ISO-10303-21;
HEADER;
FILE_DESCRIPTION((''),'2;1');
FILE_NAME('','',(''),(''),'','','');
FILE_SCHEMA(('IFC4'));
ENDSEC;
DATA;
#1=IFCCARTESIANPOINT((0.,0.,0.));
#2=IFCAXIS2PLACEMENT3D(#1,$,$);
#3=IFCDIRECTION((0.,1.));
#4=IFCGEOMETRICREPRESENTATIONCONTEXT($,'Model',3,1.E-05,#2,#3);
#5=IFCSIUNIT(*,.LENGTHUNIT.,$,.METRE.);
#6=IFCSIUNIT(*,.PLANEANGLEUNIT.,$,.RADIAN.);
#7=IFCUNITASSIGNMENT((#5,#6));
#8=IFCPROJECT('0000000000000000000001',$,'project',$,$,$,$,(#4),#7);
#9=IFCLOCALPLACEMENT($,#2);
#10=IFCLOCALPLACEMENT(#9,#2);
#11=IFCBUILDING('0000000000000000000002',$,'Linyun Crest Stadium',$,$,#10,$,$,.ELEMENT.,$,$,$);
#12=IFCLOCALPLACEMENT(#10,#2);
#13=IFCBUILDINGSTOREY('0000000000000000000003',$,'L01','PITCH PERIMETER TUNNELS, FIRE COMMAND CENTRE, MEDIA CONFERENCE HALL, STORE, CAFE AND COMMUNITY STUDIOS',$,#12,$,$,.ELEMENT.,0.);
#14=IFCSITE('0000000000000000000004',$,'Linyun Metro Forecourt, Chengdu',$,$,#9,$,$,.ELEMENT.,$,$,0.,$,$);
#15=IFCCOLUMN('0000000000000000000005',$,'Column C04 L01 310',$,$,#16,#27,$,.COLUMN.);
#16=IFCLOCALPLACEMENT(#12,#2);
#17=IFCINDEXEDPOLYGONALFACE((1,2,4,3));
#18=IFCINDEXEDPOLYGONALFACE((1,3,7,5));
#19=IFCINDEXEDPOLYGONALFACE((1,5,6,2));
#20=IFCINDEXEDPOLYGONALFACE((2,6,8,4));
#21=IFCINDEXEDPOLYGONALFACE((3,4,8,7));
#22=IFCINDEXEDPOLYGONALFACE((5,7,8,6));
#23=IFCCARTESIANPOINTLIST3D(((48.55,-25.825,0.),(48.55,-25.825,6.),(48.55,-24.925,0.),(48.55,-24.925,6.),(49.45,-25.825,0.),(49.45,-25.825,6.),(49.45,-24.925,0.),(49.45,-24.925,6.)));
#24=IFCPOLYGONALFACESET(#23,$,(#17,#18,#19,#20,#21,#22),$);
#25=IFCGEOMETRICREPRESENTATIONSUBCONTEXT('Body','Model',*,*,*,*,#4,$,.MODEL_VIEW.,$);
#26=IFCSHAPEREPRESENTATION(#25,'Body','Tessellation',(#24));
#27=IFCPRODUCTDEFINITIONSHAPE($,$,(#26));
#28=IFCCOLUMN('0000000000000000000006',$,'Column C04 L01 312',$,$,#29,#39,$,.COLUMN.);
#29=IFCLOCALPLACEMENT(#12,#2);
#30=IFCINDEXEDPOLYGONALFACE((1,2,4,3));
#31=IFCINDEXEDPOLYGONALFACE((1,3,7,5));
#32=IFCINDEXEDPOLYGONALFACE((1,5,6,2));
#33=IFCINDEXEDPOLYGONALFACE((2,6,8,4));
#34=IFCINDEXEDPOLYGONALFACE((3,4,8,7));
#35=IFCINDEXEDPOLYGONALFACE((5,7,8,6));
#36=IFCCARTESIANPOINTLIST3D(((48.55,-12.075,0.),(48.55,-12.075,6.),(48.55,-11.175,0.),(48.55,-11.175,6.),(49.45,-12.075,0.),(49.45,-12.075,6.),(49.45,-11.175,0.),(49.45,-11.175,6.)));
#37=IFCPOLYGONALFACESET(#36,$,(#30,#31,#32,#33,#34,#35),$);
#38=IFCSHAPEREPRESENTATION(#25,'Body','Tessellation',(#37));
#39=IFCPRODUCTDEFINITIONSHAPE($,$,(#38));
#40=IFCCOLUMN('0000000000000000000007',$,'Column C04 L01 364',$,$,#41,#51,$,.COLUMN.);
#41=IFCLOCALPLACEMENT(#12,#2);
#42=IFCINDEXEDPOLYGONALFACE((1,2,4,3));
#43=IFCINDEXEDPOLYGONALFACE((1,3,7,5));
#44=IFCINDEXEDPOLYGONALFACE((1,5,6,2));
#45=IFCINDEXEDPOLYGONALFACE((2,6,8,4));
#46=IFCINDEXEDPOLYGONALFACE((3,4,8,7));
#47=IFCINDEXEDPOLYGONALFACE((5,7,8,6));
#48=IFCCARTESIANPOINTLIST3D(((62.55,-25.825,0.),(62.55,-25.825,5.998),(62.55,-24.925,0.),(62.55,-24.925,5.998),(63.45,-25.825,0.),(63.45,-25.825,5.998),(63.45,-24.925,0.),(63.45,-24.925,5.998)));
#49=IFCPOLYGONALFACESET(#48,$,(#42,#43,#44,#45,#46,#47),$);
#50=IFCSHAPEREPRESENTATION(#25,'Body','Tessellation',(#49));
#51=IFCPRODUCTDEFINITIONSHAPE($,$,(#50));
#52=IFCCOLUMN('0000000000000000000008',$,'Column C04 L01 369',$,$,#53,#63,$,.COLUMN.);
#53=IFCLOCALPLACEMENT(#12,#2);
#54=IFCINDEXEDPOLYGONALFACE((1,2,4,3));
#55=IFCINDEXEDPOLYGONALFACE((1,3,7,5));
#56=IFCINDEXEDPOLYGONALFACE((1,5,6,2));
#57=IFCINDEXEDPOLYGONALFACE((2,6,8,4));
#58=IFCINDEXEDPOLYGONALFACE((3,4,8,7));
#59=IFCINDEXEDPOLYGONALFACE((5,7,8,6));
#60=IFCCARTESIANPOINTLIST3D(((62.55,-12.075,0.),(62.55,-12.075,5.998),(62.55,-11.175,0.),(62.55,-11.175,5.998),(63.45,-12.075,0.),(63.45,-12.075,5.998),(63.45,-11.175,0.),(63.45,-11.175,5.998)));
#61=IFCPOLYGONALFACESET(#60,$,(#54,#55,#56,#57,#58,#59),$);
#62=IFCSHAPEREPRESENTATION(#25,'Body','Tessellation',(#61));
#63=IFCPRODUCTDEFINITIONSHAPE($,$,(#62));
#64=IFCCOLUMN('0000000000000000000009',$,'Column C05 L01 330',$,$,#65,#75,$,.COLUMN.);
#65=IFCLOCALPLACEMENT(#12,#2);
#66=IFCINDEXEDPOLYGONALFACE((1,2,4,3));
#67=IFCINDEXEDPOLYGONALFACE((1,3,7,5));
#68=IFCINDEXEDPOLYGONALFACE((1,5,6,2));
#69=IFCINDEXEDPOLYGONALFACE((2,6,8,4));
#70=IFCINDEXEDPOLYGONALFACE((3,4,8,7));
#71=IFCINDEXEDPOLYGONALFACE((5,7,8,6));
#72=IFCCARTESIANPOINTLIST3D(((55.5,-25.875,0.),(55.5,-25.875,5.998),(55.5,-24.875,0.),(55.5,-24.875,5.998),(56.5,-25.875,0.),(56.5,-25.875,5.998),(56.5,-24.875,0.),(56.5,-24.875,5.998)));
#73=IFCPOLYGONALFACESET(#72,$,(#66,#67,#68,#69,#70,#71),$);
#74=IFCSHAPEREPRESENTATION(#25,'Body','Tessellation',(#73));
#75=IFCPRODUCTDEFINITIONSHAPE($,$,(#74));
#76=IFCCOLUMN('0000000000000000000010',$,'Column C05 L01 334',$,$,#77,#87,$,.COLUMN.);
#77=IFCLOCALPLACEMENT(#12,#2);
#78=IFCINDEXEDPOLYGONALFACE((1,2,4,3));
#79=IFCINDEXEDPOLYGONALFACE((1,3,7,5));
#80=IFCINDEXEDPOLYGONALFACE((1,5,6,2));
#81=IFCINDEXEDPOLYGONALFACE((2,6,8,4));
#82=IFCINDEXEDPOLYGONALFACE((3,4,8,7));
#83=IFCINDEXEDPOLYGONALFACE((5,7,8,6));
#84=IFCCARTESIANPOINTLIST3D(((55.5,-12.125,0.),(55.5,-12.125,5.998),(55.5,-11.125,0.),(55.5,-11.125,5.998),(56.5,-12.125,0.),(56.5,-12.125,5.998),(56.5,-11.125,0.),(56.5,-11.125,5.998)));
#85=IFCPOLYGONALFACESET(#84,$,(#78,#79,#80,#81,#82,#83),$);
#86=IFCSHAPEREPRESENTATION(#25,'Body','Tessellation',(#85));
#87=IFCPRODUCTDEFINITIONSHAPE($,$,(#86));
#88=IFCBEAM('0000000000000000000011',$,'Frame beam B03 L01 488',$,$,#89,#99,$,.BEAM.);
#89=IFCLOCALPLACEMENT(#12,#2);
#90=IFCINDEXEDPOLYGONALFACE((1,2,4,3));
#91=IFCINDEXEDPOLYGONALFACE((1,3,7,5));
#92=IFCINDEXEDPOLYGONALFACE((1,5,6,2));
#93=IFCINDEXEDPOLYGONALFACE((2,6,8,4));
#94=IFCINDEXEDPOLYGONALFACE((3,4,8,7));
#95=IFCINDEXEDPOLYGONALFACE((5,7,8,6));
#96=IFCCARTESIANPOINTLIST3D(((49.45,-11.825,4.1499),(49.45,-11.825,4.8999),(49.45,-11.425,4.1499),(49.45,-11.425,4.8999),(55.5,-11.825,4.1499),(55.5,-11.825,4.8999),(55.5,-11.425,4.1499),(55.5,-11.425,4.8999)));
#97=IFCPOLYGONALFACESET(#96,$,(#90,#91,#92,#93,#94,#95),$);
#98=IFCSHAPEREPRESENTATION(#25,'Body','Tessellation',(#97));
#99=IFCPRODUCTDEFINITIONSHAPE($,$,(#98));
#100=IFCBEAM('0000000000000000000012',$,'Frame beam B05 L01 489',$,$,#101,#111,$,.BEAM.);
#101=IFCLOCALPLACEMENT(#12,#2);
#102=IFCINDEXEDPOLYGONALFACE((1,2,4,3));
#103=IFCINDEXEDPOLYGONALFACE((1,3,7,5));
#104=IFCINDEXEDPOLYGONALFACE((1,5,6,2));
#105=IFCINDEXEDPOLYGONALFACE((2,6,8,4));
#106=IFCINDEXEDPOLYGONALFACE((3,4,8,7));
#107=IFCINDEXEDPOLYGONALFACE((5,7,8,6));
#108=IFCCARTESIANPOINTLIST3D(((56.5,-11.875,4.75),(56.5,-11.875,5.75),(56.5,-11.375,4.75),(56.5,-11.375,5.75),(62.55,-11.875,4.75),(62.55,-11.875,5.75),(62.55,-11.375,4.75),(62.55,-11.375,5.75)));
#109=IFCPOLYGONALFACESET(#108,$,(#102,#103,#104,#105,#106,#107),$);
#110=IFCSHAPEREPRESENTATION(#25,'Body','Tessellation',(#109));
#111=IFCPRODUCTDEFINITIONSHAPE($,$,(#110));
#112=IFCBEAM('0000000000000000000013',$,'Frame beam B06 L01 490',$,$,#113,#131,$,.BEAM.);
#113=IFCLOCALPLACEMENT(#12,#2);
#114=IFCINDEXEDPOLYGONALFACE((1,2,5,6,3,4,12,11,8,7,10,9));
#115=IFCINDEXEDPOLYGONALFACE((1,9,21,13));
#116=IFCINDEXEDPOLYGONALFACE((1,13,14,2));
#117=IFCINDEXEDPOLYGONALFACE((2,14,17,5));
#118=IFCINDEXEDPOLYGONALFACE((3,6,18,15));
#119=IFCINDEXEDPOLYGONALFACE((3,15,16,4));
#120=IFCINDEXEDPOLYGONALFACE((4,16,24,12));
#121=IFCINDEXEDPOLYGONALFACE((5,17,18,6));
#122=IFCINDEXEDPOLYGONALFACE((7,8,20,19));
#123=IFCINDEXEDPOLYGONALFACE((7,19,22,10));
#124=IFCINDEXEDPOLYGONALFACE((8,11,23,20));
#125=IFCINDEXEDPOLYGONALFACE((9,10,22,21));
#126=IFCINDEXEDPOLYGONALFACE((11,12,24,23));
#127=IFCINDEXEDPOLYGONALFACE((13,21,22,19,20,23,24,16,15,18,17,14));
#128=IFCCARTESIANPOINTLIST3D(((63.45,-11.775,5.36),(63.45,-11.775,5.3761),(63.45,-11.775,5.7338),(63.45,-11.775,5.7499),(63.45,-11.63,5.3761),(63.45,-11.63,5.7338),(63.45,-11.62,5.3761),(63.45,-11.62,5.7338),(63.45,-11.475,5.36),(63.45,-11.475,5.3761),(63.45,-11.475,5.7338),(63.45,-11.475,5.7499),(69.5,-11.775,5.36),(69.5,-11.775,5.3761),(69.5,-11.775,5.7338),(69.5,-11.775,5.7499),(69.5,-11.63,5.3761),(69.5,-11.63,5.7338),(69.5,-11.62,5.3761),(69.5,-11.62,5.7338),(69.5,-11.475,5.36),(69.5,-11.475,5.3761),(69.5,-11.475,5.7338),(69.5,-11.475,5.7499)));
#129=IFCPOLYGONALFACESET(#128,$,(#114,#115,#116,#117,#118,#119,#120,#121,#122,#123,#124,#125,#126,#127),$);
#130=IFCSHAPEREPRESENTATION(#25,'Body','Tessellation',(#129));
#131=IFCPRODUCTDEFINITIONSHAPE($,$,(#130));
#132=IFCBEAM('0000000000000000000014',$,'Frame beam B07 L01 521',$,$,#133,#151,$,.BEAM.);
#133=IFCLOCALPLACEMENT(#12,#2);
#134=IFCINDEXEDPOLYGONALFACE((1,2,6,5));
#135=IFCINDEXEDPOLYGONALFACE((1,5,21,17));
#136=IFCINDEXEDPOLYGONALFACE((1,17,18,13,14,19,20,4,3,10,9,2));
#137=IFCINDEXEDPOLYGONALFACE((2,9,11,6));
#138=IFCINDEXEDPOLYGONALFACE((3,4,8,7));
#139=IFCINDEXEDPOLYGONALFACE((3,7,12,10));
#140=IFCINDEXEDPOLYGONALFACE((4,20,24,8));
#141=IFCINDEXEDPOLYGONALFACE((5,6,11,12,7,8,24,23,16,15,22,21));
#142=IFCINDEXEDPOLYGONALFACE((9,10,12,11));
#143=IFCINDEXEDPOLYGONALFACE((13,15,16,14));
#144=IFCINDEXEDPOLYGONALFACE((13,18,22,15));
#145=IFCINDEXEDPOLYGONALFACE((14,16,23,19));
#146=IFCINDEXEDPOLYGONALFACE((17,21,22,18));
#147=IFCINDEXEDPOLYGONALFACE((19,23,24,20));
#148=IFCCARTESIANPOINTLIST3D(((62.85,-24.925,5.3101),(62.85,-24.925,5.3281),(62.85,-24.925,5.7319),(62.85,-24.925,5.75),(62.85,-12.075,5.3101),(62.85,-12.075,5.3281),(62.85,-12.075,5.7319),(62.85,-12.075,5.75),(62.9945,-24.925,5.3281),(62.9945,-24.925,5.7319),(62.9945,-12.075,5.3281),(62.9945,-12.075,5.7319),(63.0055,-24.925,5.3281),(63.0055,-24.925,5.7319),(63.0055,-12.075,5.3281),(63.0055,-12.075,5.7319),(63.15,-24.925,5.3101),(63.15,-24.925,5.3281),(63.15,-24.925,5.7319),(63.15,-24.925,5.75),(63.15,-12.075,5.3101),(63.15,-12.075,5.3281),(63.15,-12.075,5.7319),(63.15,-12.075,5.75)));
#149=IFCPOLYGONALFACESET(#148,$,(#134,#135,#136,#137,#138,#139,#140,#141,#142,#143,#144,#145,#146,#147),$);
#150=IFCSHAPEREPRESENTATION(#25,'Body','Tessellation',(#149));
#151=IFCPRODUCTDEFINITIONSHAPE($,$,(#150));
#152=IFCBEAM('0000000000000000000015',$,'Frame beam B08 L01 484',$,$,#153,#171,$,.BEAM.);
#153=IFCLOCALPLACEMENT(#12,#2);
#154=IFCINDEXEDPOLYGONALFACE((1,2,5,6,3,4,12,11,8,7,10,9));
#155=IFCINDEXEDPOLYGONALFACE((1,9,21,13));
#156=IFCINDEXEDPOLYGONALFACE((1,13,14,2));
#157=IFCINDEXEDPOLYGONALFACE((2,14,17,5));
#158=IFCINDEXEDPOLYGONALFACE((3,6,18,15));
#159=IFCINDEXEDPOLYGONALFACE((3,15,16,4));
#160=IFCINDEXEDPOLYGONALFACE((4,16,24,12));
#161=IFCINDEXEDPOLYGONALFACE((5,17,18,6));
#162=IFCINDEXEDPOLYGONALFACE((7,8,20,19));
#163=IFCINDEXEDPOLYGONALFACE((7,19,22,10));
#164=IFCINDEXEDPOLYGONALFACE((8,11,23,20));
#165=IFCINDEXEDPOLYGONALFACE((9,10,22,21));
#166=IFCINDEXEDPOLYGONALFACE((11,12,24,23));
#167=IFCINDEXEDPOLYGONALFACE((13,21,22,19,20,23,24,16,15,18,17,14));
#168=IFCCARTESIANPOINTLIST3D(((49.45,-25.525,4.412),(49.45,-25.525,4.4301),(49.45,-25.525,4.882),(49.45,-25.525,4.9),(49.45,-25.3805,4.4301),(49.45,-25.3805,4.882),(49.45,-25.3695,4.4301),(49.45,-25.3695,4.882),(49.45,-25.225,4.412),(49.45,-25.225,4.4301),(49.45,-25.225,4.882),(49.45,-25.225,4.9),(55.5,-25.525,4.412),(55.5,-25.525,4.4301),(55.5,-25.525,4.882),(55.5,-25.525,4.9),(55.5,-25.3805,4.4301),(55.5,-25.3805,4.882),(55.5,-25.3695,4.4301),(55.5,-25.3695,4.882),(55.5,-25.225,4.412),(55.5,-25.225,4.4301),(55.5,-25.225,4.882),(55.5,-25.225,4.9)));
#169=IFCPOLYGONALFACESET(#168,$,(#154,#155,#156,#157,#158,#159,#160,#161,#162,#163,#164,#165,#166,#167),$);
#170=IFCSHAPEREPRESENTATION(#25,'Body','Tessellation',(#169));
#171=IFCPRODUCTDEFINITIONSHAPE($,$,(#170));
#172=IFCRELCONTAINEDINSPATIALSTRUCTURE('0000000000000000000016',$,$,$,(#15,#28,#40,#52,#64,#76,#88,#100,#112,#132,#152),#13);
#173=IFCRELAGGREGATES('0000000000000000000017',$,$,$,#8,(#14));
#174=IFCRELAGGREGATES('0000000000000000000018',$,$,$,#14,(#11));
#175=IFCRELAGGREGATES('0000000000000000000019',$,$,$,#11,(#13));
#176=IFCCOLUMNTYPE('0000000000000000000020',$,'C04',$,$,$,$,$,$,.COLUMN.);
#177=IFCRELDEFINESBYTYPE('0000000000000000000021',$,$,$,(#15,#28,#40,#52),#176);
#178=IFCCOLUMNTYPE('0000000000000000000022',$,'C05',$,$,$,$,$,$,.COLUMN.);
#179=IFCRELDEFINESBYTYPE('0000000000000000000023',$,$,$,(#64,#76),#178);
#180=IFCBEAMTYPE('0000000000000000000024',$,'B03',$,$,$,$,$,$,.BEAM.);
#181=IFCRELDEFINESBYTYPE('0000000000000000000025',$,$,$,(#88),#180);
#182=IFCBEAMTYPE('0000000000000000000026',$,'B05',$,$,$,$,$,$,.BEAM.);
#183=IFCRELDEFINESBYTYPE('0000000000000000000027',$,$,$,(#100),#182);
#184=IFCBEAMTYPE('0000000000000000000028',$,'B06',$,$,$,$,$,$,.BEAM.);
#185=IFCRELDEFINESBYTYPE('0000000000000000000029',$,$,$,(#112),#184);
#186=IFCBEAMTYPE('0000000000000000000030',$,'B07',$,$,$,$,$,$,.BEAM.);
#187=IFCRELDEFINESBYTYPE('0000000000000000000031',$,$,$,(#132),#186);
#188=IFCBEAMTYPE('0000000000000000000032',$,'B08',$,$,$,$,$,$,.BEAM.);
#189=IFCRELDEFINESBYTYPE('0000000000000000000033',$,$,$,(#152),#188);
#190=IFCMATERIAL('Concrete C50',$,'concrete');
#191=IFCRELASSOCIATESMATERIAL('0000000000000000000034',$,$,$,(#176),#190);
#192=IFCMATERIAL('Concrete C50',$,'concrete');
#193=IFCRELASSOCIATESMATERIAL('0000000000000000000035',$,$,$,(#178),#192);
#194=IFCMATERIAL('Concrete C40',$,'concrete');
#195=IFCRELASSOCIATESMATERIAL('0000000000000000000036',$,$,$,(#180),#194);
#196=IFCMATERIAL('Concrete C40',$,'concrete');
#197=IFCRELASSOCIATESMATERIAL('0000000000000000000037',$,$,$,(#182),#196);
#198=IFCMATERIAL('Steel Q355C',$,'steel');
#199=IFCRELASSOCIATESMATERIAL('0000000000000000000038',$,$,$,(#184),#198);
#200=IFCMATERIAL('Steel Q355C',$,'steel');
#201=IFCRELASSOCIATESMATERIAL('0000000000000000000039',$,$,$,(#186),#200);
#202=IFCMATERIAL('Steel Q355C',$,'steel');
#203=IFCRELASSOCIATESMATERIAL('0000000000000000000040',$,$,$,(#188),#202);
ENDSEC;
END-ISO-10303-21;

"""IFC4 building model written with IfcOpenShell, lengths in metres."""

from ifc_helpers import new_model, si_unit, direction, frame, origin, origin_2d, place, context, subcontext, project, spatial, rectangle, i_section, extrude, material, material_profile, profile_set, type_object, element, save


model = new_model("IFC4")

# Units and contexts
model_context = context("Model", 3, precision=1e-05, world=origin(), true_north=direction((0.0, 1.0)))
body_context = subcontext(model_context, "Body", "Model", "MODEL_VIEW")
ifc_project = project(units=[si_unit("LENGTHUNIT", "METRE"), si_unit("PLANEANGLEUNIT", "RADIAN")], contexts=[model_context])

# Site, building, storey
site_placement = place(None, origin())
site = spatial("IfcSite", under=ifc_project, at=site_placement, Name="Linyun Metro Forecourt, Chengdu", CompositionType="ELEMENT", RefElevation=0.0)
building_placement = place(site_placement, origin())
building = spatial("IfcBuilding", under=site, at=building_placement, Name="Linyun Crest Stadium", CompositionType="ELEMENT")
storey_placement = place(building_placement, origin())
storey = spatial("IfcBuildingStorey", under=building, at=storey_placement, Name="L01", Description="PITCH PERIMETER TUNNELS, FIRE COMMAND CENTRE, MEDIA CONFERENCE HALL, STORE, CAFE AND COMMUNITY STUDIOS", CompositionType="ELEMENT", Elevation=0.0)

# Columns
ifc_material_1 = material(Name="Concrete C50", Category="concrete")
ifc_material_profile_1 = material_profile(ifc_material_1, rectangle(XDim=0.8999, YDim=0.8999, at=origin_2d()), Name="RC 900x900")
ifc_profile_set_1 = profile_set([ifc_material_profile_1], Name="Concrete C50")
column_type_1 = type_object("IfcColumnType", Name="C04", PredefinedType="COLUMN", material=ifc_profile_set_1)
for number, where, z_axis, x_axis, name in (
    (1, (49.0, -25.375, 0.0), (0.0, 0.0, 1.0), (1.0, 0.0, 0.0), "Column C04 L01 310"),
    (2, (49.0, -11.625, 0.0), (0.0, 0.0, 1.0), (1.0, 0.0, 0.0), "Column C04 L01 312"),
):
    element("IfcColumn", number, at=place(storey_placement, frame(where, z_axis=z_axis, x_axis=x_axis)), inside=storey, type_object=column_type_1, Name=name, PredefinedType="COLUMN", context=body_context, shape_type="SweptSolid", body=[
        extrude(rectangle(XDim=0.8999, YDim=0.8999, at=origin_2d()), origin(), (0.0, 0.0, 1.0), 6.0),
    ])
for number, where, z_axis, x_axis, name in (
    (3, (63.0, -25.375, 0.0), (0.0, 0.0, 1.0), (1.0, 0.0, 0.0), "Column C04 L01 364"),
    (4, (63.0, -11.625, 0.0), (0.0, 0.0, 1.0), (1.0, 0.0, 0.0), "Column C04 L01 369"),
):
    element("IfcColumn", number, at=place(storey_placement, frame(where, z_axis=z_axis, x_axis=x_axis)), inside=storey, type_object=column_type_1, Name=name, PredefinedType="COLUMN", context=body_context, shape_type="SweptSolid", body=[
        extrude(rectangle(XDim=0.8999, YDim=0.8999, at=origin_2d()), origin(), (0.0, 0.0, 1.0), 5.998),
    ])
ifc_material_2 = material(Name="Concrete C50", Category="concrete")
ifc_material_profile_2 = material_profile(ifc_material_2, rectangle(XDim=1.0, YDim=1.0, at=origin_2d()), Name="RC 1000x1000")
ifc_profile_set_2 = profile_set([ifc_material_profile_2], Name="Concrete C50")
column_type_2 = type_object("IfcColumnType", Name="C05", PredefinedType="COLUMN", material=ifc_profile_set_2)
for number, where, z_axis, x_axis, name in (
    (5, (56.0, -25.375, 0.0), (0.0, 0.0, 1.0), (1.0, 0.0, 0.0), "Column C05 L01 330"),
    (6, (56.0, -11.625, 0.0), (0.0, 0.0, 1.0), (1.0, 0.0, 0.0), "Column C05 L01 334"),
):
    element("IfcColumn", number, at=place(storey_placement, frame(where, z_axis=z_axis, x_axis=x_axis)), inside=storey, type_object=column_type_2, Name=name, PredefinedType="COLUMN", context=body_context, shape_type="SweptSolid", body=[
        extrude(rectangle(XDim=1.0, YDim=1.0, at=origin_2d()), origin(), (0.0, 0.0, 1.0), 5.998),
    ])

# Beams
ifc_material_3 = material(Name="Concrete C40", Category="concrete")
ifc_material_profile_3 = material_profile(ifc_material_3, rectangle(XDim=0.3999, YDim=0.75, at=origin_2d()), Name="RCB 750x400")
ifc_profile_set_3 = profile_set([ifc_material_profile_3], Name="Concrete C40")
beam_type_1 = type_object("IfcBeamType", Name="B03", PredefinedType="BEAM", material=ifc_profile_set_3)
beam_1_placement = place(storey_placement, frame((49.45, -11.625, 4.5249), z_axis=(1.0, 0.0, 0.0), x_axis=(0.0, 1.0, 0.0)))
element("IfcBeam", 7, at=beam_1_placement, inside=storey, type_object=beam_type_1, Name="Frame beam B03 L01 488", PredefinedType="BEAM", context=body_context, shape_type="SweptSolid", body=[
    extrude(rectangle(XDim=0.3999, YDim=0.75, at=origin_2d()), origin(), (0.0, 0.0, 1.0), 6.05),
])
ifc_material_4 = material(Name="Concrete C40", Category="concrete")
ifc_material_profile_4 = material_profile(ifc_material_4, rectangle(XDim=0.5, YDim=1.0, at=origin_2d()), Name="RCB 1000x500")
ifc_profile_set_4 = profile_set([ifc_material_profile_4], Name="Concrete C40")
beam_type_2 = type_object("IfcBeamType", Name="B05", PredefinedType="BEAM", material=ifc_profile_set_4)
beam_2_placement = place(storey_placement, frame((56.5, -11.625, 5.25), z_axis=(1.0, 0.0, 0.0), x_axis=(0.0, 1.0, 0.0)))
element("IfcBeam", 8, at=beam_2_placement, inside=storey, type_object=beam_type_2, Name="Frame beam B05 L01 489", PredefinedType="BEAM", context=body_context, shape_type="SweptSolid", body=[
    extrude(rectangle(XDim=0.5, YDim=1.0, at=origin_2d()), origin(), (0.0, 0.0, 1.0), 6.05),
])
ifc_material_5 = material(Name="Steel Q355C", Category="steel")
ifc_material_profile_5 = material_profile(ifc_material_5, i_section(OverallWidth=0.3, OverallDepth=0.3899, WebThickness=0.01, FlangeThickness=0.0161, at=origin_2d()), Name="HM 390x300")
ifc_profile_set_5 = profile_set([ifc_material_profile_5], Name="Steel Q355C")
beam_type_3 = type_object("IfcBeamType", Name="B06", PredefinedType="BEAM", material=ifc_profile_set_5)
beam_3_placement = place(storey_placement, frame((63.45, -11.625, 5.5549), z_axis=(1.0, 0.0, 0.0), x_axis=(0.0, 1.0, 0.0)))
element("IfcBeam", 9, at=beam_3_placement, inside=storey, type_object=beam_type_3, Name="Frame beam B06 L01 490", PredefinedType="BEAM", context=body_context, shape_type="SweptSolid", body=[
    extrude(i_section(OverallWidth=0.3, OverallDepth=0.3899, WebThickness=0.01, FlangeThickness=0.0161, at=origin_2d()), origin(), (0.0, 0.0, 1.0), 6.05),
])
ifc_material_6 = material(Name="Steel Q355C", Category="steel")
ifc_material_profile_6 = material_profile(ifc_material_6, i_section(OverallWidth=0.3, OverallDepth=0.4399, WebThickness=0.011, FlangeThickness=0.0181, at=origin_2d()), Name="HM 440x300")
ifc_profile_set_6 = profile_set([ifc_material_profile_6], Name="Steel Q355C")
beam_type_4 = type_object("IfcBeamType", Name="B07", PredefinedType="BEAM", material=ifc_profile_set_6)
beam_4_placement = place(storey_placement, frame((63.0, -24.925, 5.53), z_axis=(0.0, 1.0, 0.0), x_axis=(-1.0, 0.0, 0.0)))
element("IfcBeam", 10, at=beam_4_placement, inside=storey, type_object=beam_type_4, Name="Frame beam B07 L01 521", PredefinedType="BEAM", context=body_context, shape_type="SweptSolid", body=[
    extrude(i_section(OverallWidth=0.3, OverallDepth=0.4399, WebThickness=0.011, FlangeThickness=0.0181, at=origin_2d()), origin(), (0.0, 0.0, 1.0), 12.8501),
])
ifc_material_7 = material(Name="Steel Q355C", Category="steel")
ifc_material_profile_7 = material_profile(ifc_material_7, i_section(OverallWidth=0.3, OverallDepth=0.488, WebThickness=0.011, FlangeThickness=0.0181, at=origin_2d()), Name="HM 488x300")
ifc_profile_set_7 = profile_set([ifc_material_profile_7], Name="Steel Q355C")
beam_type_5 = type_object("IfcBeamType", Name="B08", PredefinedType="BEAM", material=ifc_profile_set_7)
beam_5_placement = place(storey_placement, frame((49.45, -25.375, 4.656), z_axis=(1.0, 0.0, 0.0), x_axis=(0.0, 1.0, 0.0)))
element("IfcBeam", 11, at=beam_5_placement, inside=storey, type_object=beam_type_5, Name="Frame beam B08 L01 484", PredefinedType="BEAM", context=body_context, shape_type="SweptSolid", body=[
    extrude(i_section(OverallWidth=0.3, OverallDepth=0.488, WebThickness=0.011, FlangeThickness=0.0181, at=origin_2d()), origin(), (0.0, 0.0, 1.0), 6.05),
])

save(model, "model.ifc")
